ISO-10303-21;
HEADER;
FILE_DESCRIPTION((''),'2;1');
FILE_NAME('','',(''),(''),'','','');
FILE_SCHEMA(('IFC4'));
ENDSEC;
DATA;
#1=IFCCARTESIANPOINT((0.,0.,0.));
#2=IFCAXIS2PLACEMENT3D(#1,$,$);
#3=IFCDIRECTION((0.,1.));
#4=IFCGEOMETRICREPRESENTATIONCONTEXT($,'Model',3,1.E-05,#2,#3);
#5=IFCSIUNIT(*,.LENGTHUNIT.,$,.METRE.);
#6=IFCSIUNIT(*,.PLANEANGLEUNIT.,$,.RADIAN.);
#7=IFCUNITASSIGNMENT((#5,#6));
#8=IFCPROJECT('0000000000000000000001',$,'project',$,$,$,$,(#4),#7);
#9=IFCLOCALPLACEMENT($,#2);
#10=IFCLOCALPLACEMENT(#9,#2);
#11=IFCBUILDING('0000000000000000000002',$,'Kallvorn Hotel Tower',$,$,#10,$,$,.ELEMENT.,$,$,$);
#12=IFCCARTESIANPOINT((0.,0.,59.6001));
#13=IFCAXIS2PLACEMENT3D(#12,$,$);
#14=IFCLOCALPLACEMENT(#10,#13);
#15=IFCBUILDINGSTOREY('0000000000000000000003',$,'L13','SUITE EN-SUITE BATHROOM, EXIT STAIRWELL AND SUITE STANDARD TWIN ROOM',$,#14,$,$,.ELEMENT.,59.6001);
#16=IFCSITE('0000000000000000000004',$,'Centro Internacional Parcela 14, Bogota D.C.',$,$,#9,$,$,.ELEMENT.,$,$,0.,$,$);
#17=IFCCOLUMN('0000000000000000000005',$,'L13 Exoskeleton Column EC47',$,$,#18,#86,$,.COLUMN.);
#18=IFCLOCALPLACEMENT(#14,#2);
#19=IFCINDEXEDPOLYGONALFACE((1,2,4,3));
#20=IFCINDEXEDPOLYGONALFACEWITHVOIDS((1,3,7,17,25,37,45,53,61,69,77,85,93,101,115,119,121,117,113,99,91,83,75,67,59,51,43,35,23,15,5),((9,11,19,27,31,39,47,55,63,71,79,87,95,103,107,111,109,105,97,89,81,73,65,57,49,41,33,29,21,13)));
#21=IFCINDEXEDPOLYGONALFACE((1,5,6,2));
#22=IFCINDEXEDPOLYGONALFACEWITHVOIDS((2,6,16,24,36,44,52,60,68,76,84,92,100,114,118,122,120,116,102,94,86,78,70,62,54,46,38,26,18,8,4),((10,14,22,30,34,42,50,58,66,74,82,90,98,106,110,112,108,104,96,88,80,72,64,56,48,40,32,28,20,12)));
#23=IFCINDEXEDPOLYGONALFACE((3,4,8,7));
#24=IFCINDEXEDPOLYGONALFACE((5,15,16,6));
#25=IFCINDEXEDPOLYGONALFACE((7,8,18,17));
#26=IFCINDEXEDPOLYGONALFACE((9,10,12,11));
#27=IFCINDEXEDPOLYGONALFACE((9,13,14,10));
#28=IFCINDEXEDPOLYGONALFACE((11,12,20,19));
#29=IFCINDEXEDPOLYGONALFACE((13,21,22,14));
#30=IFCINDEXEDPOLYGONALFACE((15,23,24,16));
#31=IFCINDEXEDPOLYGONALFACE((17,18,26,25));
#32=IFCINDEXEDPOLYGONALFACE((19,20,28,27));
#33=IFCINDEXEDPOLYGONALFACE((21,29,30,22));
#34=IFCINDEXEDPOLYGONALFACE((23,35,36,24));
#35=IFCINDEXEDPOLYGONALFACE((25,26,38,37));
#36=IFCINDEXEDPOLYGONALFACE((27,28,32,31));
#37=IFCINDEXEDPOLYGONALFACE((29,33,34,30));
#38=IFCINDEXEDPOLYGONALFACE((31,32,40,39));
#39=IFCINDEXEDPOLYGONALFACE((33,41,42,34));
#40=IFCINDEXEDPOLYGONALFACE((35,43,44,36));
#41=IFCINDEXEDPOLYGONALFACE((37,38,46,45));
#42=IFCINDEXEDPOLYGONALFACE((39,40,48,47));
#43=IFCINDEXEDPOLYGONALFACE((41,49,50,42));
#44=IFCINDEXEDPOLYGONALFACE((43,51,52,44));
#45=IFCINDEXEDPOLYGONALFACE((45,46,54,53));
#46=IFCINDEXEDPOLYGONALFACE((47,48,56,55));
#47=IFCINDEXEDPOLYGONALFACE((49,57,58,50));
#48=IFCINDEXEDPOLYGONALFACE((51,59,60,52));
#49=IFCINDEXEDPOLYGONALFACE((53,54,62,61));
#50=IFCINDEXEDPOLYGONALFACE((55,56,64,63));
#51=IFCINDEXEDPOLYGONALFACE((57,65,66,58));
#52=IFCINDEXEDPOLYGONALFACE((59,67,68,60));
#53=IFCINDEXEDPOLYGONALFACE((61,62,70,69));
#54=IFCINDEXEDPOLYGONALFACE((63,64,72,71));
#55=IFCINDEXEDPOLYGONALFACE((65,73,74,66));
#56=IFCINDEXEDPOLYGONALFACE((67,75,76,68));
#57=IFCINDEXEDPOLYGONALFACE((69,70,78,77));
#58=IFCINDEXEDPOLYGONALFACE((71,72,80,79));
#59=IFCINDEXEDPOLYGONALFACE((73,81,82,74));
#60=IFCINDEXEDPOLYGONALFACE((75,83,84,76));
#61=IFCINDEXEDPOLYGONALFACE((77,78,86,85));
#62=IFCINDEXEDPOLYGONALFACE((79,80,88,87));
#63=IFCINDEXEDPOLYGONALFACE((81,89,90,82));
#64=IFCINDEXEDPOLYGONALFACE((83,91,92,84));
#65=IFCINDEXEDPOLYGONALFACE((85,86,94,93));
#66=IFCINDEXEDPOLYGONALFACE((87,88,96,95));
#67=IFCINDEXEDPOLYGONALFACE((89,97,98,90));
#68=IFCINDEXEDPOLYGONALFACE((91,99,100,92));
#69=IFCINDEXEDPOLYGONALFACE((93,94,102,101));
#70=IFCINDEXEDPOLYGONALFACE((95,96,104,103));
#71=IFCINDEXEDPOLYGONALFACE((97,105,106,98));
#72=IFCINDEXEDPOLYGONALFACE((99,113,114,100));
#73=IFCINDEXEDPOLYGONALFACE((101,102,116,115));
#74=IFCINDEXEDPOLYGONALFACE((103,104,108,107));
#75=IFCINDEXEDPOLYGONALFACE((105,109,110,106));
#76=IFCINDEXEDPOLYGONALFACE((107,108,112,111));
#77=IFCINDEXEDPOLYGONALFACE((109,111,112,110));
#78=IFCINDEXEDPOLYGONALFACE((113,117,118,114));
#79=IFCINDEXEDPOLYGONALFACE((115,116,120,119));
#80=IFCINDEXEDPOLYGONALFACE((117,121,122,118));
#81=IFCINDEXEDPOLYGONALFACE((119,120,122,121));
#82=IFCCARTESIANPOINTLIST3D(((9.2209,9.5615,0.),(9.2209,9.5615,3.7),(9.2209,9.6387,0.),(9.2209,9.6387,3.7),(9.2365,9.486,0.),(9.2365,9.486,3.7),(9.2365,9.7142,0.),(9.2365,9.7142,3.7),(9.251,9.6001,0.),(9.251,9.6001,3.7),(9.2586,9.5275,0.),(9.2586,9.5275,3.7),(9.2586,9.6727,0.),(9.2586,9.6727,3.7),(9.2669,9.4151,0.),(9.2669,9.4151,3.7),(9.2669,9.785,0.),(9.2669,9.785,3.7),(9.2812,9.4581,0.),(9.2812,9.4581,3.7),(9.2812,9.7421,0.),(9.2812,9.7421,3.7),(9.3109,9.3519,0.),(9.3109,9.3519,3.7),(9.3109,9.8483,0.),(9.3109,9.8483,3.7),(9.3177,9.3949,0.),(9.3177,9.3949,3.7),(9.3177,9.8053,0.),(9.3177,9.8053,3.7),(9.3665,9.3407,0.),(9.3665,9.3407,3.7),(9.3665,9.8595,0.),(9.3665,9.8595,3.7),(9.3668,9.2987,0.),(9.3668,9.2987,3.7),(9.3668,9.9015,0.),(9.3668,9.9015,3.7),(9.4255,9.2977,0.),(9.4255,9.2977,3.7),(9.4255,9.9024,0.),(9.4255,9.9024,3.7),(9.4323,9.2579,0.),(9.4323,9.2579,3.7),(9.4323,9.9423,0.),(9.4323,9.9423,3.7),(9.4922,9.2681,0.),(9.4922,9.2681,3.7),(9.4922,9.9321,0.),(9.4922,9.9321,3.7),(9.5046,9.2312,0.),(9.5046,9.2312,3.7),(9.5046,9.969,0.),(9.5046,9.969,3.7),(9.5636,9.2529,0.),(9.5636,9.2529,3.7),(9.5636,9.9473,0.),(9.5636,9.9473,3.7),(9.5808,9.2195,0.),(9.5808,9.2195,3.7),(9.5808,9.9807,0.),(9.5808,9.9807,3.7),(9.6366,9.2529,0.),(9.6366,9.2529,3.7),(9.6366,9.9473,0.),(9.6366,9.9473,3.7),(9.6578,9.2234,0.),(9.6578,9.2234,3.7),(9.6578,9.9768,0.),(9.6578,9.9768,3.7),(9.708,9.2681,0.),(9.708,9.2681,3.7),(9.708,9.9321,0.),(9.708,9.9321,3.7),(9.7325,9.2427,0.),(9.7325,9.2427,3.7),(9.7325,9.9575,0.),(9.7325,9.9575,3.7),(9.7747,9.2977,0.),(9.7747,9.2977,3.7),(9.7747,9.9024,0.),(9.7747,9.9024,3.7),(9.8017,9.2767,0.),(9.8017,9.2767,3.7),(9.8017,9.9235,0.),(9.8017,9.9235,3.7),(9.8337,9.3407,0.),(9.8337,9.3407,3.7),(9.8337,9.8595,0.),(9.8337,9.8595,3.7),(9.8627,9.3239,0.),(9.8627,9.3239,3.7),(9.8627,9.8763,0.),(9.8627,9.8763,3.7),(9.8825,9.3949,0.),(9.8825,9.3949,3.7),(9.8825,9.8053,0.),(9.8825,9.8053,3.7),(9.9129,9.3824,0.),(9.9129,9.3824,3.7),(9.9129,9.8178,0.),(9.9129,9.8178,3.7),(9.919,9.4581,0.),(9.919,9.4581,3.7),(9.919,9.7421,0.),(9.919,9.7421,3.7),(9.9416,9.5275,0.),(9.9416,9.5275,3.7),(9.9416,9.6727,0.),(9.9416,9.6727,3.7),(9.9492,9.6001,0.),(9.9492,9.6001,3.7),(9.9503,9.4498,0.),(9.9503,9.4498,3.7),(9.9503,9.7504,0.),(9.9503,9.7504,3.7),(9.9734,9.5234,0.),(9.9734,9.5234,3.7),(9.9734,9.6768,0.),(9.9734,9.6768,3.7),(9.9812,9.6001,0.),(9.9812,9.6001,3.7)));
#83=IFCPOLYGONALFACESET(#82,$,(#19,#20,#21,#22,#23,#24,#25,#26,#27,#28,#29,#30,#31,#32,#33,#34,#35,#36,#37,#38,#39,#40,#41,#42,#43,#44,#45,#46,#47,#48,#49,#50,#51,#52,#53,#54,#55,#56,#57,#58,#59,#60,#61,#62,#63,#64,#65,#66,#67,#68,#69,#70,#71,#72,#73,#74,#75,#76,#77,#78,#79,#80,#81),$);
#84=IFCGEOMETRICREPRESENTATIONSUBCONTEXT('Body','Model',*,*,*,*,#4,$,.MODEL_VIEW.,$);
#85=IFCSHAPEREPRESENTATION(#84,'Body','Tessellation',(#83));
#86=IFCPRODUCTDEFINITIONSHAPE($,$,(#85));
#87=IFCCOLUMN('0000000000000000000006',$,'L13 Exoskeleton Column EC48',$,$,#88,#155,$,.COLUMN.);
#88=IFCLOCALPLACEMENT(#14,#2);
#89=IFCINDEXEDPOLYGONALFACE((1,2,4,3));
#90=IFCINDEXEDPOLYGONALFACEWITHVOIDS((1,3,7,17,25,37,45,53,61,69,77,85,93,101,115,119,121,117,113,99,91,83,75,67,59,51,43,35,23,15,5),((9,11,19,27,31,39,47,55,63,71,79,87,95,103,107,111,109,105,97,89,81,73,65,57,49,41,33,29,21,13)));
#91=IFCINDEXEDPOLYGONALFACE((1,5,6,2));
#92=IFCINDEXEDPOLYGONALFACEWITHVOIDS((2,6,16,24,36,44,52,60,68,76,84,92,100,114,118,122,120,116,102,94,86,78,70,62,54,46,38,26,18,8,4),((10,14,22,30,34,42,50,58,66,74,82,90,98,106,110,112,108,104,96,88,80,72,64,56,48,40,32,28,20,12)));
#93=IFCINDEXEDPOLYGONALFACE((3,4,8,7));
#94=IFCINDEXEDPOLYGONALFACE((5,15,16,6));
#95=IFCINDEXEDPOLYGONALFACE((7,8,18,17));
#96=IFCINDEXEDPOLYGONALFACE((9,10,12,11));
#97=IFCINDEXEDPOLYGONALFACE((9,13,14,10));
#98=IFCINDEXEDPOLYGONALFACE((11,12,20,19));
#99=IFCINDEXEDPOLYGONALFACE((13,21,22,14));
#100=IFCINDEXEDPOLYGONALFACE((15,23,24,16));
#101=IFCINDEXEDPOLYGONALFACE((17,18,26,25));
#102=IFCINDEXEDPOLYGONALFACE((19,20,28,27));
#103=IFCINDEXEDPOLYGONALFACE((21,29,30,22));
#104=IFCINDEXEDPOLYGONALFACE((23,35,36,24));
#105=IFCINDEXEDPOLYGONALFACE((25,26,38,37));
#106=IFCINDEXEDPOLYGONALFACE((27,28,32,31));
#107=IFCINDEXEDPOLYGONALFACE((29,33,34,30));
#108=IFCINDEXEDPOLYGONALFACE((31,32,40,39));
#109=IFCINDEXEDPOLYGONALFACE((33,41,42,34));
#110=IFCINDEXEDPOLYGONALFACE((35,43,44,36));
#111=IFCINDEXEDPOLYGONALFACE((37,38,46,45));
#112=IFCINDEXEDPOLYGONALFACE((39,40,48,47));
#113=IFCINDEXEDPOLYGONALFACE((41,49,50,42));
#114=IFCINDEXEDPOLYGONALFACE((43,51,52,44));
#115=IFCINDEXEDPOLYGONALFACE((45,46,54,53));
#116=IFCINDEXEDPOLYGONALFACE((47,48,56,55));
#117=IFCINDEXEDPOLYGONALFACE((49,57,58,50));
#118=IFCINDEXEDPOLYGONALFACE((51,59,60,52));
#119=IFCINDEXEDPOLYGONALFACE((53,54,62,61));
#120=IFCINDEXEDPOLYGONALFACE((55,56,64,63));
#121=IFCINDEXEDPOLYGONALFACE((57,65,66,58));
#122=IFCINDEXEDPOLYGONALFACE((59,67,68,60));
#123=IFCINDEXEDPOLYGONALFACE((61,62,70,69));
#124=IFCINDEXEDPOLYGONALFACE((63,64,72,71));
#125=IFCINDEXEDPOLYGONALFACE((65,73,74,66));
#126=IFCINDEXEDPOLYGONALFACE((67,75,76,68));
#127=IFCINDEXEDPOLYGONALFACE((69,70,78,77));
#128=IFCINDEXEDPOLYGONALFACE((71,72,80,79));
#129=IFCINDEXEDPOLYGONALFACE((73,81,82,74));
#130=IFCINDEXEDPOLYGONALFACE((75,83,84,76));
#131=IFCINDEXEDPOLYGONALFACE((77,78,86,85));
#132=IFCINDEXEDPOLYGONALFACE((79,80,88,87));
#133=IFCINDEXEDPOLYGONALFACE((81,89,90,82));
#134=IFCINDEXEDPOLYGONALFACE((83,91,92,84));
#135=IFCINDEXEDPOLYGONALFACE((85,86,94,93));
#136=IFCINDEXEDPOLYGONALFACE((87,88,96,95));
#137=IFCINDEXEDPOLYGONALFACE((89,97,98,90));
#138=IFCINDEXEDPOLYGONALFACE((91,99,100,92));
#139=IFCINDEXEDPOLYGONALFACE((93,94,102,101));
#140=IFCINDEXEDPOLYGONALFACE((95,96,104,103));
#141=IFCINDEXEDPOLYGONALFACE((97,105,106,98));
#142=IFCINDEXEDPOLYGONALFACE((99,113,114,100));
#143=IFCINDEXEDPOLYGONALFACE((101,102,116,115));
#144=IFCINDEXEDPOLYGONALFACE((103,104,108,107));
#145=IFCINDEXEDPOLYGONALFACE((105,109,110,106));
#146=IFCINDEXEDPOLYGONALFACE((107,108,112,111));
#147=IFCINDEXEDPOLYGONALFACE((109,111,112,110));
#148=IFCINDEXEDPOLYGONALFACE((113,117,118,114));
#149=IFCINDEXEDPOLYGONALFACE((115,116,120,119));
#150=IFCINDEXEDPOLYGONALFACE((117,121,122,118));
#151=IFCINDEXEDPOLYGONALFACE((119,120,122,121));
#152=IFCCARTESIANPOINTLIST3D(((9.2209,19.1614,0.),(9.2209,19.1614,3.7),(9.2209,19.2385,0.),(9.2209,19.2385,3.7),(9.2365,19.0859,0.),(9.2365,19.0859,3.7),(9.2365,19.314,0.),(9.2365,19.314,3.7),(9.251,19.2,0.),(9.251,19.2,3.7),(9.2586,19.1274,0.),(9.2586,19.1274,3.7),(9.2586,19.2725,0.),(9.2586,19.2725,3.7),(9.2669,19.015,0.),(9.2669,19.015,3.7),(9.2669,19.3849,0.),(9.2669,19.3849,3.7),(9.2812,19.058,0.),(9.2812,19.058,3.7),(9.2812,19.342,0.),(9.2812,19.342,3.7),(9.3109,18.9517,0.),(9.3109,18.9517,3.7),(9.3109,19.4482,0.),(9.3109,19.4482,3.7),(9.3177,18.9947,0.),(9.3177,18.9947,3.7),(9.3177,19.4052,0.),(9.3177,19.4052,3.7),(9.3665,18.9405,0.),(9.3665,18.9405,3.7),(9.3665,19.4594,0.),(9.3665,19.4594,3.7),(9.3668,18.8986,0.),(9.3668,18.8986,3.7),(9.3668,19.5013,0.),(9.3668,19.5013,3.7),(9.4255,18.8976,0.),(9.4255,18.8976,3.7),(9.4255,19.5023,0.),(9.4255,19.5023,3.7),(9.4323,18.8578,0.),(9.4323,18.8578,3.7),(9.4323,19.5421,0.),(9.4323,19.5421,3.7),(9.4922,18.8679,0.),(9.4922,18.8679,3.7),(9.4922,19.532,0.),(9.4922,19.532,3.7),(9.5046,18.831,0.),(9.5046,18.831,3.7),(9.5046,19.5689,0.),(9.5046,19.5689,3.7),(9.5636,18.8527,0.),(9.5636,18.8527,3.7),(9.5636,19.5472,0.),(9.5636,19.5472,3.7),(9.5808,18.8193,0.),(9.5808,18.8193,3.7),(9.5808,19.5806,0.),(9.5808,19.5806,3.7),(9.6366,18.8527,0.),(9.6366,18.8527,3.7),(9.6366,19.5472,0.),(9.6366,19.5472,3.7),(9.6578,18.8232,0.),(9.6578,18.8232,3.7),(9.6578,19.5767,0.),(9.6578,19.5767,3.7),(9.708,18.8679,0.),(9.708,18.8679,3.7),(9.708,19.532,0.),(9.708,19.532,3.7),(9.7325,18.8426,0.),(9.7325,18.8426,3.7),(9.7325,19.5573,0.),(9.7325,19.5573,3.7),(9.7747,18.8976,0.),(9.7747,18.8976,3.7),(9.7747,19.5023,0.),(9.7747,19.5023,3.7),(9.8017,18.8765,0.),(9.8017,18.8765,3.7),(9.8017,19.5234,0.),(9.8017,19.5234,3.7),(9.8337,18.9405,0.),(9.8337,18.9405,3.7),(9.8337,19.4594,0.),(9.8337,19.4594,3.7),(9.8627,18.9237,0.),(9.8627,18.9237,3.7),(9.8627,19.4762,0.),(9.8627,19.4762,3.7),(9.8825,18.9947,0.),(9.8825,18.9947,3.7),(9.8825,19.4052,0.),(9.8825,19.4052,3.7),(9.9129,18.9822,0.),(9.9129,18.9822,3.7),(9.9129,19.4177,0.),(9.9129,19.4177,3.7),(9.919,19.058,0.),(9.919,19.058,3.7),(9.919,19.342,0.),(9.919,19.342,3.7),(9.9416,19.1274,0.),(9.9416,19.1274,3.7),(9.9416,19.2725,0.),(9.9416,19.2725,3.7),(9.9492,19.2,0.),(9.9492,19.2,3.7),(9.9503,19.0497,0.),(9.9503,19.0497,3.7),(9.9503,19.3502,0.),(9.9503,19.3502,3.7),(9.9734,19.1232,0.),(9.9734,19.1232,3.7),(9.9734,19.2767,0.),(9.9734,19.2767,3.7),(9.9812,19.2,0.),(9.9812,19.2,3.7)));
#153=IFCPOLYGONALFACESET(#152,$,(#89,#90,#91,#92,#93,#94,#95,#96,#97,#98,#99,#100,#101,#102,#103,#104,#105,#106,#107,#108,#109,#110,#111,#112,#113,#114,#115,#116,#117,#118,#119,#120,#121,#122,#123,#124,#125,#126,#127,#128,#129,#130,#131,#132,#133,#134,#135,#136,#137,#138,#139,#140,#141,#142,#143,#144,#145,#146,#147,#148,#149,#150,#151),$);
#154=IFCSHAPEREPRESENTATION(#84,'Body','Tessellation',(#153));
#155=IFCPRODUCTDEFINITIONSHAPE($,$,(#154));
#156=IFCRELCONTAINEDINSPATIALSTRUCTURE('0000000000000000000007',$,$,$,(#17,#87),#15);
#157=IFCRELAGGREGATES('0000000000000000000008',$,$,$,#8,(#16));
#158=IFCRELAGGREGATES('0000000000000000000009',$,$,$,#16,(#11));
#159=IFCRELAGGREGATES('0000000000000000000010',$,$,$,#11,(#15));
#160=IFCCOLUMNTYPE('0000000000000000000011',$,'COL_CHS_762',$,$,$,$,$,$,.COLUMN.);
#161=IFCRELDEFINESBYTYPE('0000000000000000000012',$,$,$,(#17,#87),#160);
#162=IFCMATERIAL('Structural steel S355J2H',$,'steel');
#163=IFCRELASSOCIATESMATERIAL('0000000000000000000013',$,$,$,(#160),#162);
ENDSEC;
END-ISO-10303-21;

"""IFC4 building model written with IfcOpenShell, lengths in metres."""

from ifc_helpers import new_model, si_unit, direction, frame, origin, origin_2d, place, context, subcontext, project, spatial, hollow_circle, extrude, material, material_profile, profile_set, type_object, element, save


model = new_model("IFC4")

# Units and contexts
model_context = context("Model", 3, precision=1e-05, world=origin(), true_north=direction((0.0, 1.0)))
body_context = subcontext(model_context, "Body", "Model", "MODEL_VIEW")
ifc_project = project(units=[si_unit("LENGTHUNIT", "METRE"), si_unit("PLANEANGLEUNIT", "RADIAN")], contexts=[model_context])

# Site, building, storey
site_placement = place(None, origin())
site = spatial("IfcSite", under=ifc_project, at=site_placement, Name="Centro Internacional Parcela 14, Bogota D.C.", CompositionType="ELEMENT", RefElevation=0.0)
building_placement = place(site_placement, origin())
building = spatial("IfcBuilding", under=site, at=building_placement, Name="Kallvorn Hotel Tower", CompositionType="ELEMENT")
storey_placement = place(building_placement, frame((0.0, 0.0, 59.6001)))
storey = spatial("IfcBuildingStorey", under=building, at=storey_placement, Name="L13", Description="SUITE EN-SUITE BATHROOM, EXIT STAIRWELL AND SUITE STANDARD TWIN ROOM", CompositionType="ELEMENT", Elevation=59.6001)

# Columns
ifc_material_1 = material(Name="Structural steel S355J2H", Category="steel")
ifc_material_profile_1 = material_profile(ifc_material_1, hollow_circle(Radius=0.3811, WallThickness=0.032, at=origin_2d()), Name="CHS 762x32")
ifc_profile_set_1 = profile_set([ifc_material_profile_1], Name="Structural steel S355J2H")
column_type_1 = type_object("IfcColumnType", Name="COL_CHS_762", PredefinedType="COLUMN", material=ifc_profile_set_1)
for number, where, z_axis, x_axis, name in (
    (1, (9.6001, 9.6001, 0.0), (0.0, 0.0, 1.0), (1.0, 0.0, 0.0), "L13 Exoskeleton Column EC47"),
    (2, (9.6001, 19.2, 0.0), (0.0, 0.0, 1.0), (1.0, 0.0, 0.0), "L13 Exoskeleton Column EC48"),
):
    element("IfcColumn", number, at=place(storey_placement, frame(where, z_axis=z_axis, x_axis=x_axis)), inside=storey, type_object=column_type_1, Name=name, PredefinedType="COLUMN", context=body_context, shape_type="SweptSolid", body=[
        extrude(hollow_circle(Radius=0.3811, WallThickness=0.032, at=origin_2d()), origin(), (0.0, 0.0, 1.0), 3.7),
    ])

save(model, "model.ifc")
